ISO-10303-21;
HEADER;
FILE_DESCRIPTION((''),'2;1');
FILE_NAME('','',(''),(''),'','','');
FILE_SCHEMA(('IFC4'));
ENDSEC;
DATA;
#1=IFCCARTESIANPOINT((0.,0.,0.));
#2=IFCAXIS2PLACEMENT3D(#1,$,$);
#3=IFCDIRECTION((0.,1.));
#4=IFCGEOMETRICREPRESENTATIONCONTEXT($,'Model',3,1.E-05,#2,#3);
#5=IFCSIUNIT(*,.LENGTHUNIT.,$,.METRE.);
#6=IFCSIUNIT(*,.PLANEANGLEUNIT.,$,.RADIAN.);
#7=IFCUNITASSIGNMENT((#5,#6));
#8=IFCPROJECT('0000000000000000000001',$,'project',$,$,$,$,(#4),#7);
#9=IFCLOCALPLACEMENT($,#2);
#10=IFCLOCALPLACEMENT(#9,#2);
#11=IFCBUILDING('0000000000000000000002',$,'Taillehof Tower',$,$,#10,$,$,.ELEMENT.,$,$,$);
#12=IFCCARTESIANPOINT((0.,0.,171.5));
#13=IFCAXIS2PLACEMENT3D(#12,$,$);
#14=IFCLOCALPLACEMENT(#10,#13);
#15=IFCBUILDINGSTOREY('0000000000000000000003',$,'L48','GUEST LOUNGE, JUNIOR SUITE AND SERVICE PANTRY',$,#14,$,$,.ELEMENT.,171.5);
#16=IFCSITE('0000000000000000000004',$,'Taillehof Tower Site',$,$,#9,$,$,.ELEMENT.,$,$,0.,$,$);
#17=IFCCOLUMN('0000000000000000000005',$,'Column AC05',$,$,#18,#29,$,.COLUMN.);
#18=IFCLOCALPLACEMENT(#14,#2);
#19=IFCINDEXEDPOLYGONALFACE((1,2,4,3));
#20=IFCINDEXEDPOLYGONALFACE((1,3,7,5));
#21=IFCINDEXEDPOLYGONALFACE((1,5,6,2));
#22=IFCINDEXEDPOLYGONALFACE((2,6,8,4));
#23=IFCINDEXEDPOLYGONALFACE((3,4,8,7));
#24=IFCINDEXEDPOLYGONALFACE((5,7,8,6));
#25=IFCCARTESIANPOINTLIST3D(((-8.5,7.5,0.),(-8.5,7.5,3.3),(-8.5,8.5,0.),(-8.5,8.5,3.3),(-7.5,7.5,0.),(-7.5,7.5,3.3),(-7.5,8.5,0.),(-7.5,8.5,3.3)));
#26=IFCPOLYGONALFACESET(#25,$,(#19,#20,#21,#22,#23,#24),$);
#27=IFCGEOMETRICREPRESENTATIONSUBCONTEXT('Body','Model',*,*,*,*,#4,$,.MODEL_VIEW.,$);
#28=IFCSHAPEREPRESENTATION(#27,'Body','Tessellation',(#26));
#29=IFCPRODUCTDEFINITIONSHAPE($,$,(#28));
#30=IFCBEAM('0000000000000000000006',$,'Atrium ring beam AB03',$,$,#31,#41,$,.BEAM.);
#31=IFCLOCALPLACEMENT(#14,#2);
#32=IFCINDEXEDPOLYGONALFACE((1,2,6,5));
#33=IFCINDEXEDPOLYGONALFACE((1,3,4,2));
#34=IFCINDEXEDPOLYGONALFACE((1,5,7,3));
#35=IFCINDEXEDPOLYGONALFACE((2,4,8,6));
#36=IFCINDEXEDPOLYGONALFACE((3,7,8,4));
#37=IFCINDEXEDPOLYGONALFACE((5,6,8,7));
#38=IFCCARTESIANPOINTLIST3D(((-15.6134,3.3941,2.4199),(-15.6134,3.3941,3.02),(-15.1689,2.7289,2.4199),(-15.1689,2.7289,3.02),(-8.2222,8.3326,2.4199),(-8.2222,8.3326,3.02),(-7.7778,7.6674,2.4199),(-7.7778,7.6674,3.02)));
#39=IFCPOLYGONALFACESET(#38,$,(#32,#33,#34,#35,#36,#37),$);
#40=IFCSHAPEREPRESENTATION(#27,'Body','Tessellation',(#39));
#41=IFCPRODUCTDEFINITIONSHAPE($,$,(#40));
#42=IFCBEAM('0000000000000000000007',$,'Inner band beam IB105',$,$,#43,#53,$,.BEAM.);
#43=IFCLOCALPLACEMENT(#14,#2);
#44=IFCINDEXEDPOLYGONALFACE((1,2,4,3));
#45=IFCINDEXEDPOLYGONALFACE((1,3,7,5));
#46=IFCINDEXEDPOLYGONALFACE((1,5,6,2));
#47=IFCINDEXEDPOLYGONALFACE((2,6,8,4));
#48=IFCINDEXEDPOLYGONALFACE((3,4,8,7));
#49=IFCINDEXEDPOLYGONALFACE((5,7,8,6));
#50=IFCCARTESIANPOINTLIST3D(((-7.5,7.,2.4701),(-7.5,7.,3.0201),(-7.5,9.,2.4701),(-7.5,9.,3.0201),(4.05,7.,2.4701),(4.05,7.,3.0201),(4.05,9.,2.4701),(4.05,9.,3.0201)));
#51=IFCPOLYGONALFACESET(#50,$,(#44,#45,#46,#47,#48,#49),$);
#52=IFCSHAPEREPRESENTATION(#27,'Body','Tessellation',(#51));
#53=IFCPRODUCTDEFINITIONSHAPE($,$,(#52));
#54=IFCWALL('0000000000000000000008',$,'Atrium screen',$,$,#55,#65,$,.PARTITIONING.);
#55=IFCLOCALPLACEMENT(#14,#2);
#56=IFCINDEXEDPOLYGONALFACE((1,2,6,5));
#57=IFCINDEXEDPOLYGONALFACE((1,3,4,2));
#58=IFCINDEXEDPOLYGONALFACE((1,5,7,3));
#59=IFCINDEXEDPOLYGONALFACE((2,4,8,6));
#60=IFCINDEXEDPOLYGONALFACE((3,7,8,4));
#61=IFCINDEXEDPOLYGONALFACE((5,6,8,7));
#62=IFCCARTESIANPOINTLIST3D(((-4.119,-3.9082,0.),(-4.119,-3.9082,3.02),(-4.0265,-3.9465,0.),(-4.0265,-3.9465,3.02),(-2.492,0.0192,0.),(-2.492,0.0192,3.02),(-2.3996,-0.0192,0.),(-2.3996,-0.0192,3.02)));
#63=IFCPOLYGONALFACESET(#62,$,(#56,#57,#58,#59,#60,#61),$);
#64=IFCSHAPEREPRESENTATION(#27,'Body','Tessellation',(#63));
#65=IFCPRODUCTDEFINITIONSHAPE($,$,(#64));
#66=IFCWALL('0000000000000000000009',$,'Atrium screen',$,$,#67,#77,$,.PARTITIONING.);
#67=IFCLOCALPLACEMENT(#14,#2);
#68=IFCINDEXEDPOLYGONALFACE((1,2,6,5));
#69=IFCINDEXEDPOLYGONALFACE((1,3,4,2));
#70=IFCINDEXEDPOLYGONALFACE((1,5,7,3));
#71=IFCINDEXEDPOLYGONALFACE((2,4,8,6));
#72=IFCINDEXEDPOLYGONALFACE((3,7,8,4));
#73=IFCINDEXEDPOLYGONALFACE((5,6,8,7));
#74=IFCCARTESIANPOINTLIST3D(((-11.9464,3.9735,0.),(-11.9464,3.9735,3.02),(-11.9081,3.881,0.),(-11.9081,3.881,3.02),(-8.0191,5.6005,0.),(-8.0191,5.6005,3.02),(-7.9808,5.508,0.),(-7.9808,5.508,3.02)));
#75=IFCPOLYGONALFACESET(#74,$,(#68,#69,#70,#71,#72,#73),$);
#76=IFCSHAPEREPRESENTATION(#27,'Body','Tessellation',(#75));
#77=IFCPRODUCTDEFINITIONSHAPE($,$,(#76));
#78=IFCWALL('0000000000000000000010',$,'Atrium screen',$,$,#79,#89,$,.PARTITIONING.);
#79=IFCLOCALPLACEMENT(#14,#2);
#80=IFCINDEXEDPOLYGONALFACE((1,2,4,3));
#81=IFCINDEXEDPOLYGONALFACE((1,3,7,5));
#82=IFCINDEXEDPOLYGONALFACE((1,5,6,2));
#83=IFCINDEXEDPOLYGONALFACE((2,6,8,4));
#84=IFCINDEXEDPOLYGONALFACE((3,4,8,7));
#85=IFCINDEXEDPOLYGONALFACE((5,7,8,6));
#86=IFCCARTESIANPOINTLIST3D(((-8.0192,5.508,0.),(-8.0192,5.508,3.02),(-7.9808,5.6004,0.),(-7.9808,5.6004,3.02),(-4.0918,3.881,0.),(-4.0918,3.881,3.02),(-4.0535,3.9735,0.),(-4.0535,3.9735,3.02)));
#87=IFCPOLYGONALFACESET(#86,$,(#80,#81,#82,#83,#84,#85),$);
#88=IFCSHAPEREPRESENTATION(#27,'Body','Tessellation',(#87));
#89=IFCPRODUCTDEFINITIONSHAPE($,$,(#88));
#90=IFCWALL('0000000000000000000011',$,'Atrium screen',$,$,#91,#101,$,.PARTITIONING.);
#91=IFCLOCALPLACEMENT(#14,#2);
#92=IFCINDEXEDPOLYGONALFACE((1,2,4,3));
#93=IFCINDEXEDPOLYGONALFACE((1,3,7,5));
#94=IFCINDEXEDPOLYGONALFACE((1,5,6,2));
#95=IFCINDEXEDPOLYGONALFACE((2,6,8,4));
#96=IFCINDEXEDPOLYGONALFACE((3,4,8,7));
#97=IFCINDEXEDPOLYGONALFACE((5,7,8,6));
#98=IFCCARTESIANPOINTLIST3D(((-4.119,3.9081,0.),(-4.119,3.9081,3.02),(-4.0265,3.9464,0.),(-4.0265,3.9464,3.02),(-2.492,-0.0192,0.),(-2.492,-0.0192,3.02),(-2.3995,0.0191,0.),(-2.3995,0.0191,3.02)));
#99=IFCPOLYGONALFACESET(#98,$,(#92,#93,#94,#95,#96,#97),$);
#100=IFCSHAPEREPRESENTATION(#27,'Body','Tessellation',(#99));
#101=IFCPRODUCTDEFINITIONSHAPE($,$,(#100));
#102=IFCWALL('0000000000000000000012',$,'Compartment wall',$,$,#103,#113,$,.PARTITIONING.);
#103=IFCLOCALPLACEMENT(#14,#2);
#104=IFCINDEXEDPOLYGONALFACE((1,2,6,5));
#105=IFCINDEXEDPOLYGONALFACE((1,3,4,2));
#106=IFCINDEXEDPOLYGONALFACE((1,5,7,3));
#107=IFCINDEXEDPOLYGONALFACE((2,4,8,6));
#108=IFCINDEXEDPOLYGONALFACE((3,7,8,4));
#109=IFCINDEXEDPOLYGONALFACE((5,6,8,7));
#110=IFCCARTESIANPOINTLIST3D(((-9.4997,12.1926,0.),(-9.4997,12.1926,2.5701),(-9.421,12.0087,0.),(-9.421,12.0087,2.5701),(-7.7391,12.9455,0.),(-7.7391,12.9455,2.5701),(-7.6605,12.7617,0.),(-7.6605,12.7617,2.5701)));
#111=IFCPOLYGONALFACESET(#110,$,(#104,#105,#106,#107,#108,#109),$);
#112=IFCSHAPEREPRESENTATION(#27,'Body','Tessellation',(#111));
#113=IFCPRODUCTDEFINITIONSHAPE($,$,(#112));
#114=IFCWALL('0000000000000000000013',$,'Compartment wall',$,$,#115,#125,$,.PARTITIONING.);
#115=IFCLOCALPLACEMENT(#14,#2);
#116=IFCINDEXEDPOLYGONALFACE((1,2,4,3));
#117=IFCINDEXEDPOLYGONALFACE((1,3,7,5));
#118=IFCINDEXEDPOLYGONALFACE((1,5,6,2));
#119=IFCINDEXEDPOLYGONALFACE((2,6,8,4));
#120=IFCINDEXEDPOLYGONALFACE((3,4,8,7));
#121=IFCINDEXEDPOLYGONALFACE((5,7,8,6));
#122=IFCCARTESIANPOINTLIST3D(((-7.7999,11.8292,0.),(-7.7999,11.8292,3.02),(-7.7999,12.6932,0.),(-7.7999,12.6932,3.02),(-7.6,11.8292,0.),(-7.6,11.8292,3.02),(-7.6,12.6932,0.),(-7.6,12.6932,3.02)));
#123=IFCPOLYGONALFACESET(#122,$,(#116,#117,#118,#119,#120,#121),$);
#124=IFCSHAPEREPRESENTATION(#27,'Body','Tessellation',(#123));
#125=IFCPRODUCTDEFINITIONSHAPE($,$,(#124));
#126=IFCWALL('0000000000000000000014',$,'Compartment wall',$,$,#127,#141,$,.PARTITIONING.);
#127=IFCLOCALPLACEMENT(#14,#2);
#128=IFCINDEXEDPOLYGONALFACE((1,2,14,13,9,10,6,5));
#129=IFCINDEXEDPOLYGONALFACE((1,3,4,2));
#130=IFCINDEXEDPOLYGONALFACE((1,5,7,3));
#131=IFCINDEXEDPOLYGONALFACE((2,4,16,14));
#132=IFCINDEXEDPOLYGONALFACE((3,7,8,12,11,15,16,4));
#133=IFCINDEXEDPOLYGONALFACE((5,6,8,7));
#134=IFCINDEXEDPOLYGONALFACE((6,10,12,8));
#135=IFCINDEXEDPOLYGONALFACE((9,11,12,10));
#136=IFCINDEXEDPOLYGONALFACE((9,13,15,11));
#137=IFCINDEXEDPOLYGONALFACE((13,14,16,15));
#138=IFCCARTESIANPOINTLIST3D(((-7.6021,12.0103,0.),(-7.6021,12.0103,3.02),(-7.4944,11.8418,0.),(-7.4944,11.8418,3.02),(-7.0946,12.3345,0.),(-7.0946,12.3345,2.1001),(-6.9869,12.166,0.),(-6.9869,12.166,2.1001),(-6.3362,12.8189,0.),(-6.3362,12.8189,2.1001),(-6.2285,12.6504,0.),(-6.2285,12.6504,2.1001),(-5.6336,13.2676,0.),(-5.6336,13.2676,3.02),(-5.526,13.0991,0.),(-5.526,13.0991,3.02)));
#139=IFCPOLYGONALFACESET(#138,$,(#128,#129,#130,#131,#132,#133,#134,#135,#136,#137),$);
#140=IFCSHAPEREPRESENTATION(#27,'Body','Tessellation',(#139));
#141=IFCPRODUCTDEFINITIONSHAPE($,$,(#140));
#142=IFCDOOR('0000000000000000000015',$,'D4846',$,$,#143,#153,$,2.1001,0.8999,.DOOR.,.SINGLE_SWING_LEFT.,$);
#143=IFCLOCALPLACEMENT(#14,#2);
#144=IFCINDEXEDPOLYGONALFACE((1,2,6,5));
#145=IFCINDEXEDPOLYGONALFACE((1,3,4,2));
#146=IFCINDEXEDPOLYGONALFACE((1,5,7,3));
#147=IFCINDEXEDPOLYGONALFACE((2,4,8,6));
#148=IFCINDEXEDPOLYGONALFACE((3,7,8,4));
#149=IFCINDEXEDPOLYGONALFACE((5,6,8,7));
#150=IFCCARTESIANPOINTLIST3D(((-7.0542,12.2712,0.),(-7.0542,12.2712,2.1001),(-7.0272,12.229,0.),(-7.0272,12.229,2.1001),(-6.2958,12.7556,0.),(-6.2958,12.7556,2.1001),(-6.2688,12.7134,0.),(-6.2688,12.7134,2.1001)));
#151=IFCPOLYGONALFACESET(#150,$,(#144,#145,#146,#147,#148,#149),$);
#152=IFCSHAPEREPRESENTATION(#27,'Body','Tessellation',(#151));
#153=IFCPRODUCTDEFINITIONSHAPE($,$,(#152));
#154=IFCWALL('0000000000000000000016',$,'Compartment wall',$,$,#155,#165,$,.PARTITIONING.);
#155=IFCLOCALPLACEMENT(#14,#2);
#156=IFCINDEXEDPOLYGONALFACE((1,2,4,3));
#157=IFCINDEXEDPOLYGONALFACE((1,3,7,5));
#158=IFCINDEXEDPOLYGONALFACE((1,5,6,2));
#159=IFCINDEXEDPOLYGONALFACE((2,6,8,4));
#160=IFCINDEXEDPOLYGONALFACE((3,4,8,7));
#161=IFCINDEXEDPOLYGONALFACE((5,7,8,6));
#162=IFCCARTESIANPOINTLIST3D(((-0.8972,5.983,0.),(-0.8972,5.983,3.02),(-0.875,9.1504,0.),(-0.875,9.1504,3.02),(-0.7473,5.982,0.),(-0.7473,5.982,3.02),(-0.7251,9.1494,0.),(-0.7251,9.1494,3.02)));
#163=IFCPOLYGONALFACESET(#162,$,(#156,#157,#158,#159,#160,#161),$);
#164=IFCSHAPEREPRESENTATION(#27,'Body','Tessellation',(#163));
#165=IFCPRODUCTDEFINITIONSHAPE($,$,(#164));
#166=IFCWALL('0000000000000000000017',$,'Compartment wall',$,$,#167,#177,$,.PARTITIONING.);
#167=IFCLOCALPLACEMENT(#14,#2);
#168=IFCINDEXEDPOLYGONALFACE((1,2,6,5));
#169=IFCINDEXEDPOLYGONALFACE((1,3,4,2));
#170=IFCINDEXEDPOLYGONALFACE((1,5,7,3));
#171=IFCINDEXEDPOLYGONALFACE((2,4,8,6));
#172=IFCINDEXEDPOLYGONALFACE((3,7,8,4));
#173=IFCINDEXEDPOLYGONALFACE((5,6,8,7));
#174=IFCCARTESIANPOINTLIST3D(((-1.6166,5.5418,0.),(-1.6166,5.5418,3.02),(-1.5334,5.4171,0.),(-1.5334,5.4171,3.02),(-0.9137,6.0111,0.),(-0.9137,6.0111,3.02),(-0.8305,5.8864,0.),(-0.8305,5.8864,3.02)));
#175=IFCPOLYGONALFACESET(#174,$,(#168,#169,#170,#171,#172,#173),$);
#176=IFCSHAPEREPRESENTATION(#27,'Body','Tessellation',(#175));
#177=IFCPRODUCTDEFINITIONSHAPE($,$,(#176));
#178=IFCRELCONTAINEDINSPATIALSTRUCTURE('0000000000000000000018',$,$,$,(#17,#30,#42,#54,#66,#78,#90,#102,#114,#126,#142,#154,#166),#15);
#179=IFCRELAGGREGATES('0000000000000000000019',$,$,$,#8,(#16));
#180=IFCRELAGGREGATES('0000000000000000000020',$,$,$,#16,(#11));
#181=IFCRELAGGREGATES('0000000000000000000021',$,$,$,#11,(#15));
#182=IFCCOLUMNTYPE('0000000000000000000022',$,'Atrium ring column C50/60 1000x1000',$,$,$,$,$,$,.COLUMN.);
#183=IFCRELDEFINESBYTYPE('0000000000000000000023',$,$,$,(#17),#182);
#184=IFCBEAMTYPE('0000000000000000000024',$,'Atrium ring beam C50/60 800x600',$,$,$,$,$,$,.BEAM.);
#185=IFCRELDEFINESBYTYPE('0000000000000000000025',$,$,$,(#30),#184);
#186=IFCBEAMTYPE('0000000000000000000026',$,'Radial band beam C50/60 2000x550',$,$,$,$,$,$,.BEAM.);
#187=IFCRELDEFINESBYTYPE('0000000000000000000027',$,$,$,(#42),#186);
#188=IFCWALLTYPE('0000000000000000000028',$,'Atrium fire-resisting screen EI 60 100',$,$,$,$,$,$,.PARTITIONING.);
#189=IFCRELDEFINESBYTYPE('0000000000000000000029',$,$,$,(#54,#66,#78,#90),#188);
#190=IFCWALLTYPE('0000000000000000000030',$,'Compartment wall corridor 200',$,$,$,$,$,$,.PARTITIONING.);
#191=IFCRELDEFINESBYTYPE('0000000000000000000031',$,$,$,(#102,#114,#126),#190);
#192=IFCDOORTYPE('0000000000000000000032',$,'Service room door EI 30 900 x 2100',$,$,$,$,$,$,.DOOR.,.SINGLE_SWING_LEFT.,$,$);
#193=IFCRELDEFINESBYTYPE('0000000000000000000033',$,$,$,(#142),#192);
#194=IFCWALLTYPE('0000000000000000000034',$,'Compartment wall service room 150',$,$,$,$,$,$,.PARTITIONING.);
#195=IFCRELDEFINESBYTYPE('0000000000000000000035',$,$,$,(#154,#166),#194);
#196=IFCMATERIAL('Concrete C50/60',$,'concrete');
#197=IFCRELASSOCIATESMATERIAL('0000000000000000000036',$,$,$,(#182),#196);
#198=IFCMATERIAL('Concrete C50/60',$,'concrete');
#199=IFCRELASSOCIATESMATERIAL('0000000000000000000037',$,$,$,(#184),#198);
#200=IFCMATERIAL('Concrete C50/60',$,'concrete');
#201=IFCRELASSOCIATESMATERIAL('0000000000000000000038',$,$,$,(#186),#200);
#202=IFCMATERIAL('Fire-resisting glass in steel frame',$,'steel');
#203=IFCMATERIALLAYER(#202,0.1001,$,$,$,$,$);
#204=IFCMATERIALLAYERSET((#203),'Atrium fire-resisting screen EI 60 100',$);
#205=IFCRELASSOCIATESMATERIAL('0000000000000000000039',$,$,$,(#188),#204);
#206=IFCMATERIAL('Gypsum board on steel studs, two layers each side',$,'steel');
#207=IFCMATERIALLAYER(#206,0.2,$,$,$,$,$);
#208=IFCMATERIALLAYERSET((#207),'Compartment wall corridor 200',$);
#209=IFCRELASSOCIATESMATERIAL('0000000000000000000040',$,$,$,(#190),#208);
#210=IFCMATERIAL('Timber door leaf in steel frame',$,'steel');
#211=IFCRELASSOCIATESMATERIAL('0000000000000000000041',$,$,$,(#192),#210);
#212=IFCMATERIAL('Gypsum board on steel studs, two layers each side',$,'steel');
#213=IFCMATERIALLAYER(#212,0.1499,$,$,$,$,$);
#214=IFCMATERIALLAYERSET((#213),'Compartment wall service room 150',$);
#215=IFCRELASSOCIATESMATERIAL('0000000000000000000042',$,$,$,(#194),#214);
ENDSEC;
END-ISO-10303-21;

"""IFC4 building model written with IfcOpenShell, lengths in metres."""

from ifc_helpers import new_model, si_unit, direction, frame, frame_2d, origin, origin_2d, place, context, subcontext, project, spatial, rectangle, extrude, material, layer, layer_set, material_profile, profile_set, type_object, element, fill, save


model = new_model("IFC4")

# Units and contexts
model_context = context("Model", 3, precision=1e-05, world=origin(), true_north=direction((0.0, 1.0)))
body_context = subcontext(model_context, "Body", "Model", "MODEL_VIEW")
ifc_project = project(units=[si_unit("LENGTHUNIT", "METRE"), si_unit("PLANEANGLEUNIT", "RADIAN")], contexts=[model_context])

# Site, building, storey
site_placement = place(None, origin())
site = spatial("IfcSite", under=ifc_project, at=site_placement, Name="Taillehof Tower Site", CompositionType="ELEMENT", RefElevation=0.0)
building_placement = place(site_placement, origin())
building = spatial("IfcBuilding", under=site, at=building_placement, Name="Taillehof Tower", CompositionType="ELEMENT")
storey_placement = place(building_placement, frame((0.0, 0.0, 171.5)))
storey = spatial("IfcBuildingStorey", under=building, at=storey_placement, Name="L48", Description="GUEST LOUNGE, JUNIOR SUITE AND SERVICE PANTRY", CompositionType="ELEMENT", Elevation=171.5)

# Column
ifc_material_1 = material(Name="Concrete C50/60", Category="concrete")
ifc_material_profile_1 = material_profile(ifc_material_1, rectangle(XDim=1.0, YDim=1.0, at=origin_2d()), Name="RC 1000x1000")
ifc_profile_set_1 = profile_set([ifc_material_profile_1], Name="Concrete C50/60")
column_type = type_object("IfcColumnType", Name="Atrium ring column C50/60 1000x1000", PredefinedType="COLUMN", material=ifc_profile_set_1)
column_placement = place(storey_placement, frame((-8.0, 8.0, 0.0), z_axis=(0.0, 0.0, 1.0), x_axis=(1.0, 0.0, 0.0)))
element("IfcColumn", 1, at=column_placement, inside=storey, type_object=column_type, Name="Column AC05", PredefinedType="COLUMN", context=body_context, shape_type="SweptSolid", body=[
    extrude(rectangle(XDim=1.0, YDim=1.0, at=origin_2d()), origin(), (0.0, 0.0, 1.0), 3.3),
])

# Beams
ifc_material_2 = material(Name="Concrete C50/60", Category="concrete")
ifc_material_profile_2 = material_profile(ifc_material_2, rectangle(XDim=0.8, YDim=0.6001, at=origin_2d()), Name="RC 800x600")
ifc_profile_set_2 = profile_set([ifc_material_profile_2], Name="Concrete C50/60")
beam_type_1 = type_object("IfcBeamType", Name="Atrium ring beam C50/60 800x600", PredefinedType="BEAM", material=ifc_profile_set_2)
beam_1_placement = place(storey_placement, frame((-8.0, 8.0, 2.72), z_axis=(-0.831475, -0.555562, 0.0), x_axis=(0.555562, -0.831475, 0.0)))
element("IfcBeam", 2, at=beam_1_placement, inside=storey, type_object=beam_type_1, Name="Atrium ring beam AB03", PredefinedType="BEAM", context=body_context, shape_type="SweptSolid", body=[
    extrude(rectangle(XDim=0.8, YDim=0.6001, at=origin_2d()), origin(), (0.0, 0.0, 1.0), 8.8892),
])
ifc_material_3 = material(Name="Concrete C50/60", Category="concrete")
ifc_material_profile_3 = material_profile(ifc_material_3, rectangle(XDim=2.0, YDim=0.55, at=origin_2d()), Name="RC 2000x550")
ifc_profile_set_3 = profile_set([ifc_material_profile_3], Name="Concrete C50/60")
beam_type_2 = type_object("IfcBeamType", Name="Radial band beam C50/60 2000x550", PredefinedType="BEAM", material=ifc_profile_set_3)
beam_2_placement = place(storey_placement, frame((-7.5, 8.0, 2.7451), z_axis=(1.0, 0.0, 0.0), x_axis=(0.0, 1.0, 0.0)))
element("IfcBeam", 3, at=beam_2_placement, inside=storey, type_object=beam_type_2, Name="Inner band beam IB105", PredefinedType="BEAM", context=body_context, shape_type="SweptSolid", body=[
    extrude(rectangle(XDim=2.0, YDim=0.55, at=origin_2d()), origin(), (0.0, 0.0, 1.0), 11.55),
])

# Walls
ifc_material_4 = material(Name="Fire-resisting glass in steel frame", Category="steel")
ifc_layer_1 = layer(ifc_material_4, 0.1001)
ifc_layer_set_1 = layer_set([ifc_layer_1], Name="Atrium fire-resisting screen EI 60 100")
wall_type_1 = type_object("IfcWallType", Name="Atrium fire-resisting screen EI 60 100", PredefinedType="PARTITIONING", material=ifc_layer_set_1)
for number, where, z_axis, x_axis, name in (
    (4, (-2.4458, 0.0, 0.0), (0.0, 0.0, 1.0), (-0.382731, -0.92386, 0.0), "Atrium screen"),
    (5, (-11.9272, 3.9272, 0.0), (0.0, 0.0, 1.0), (0.92386, 0.382731, 0.0), "Atrium screen"),
    (6, (-8.0, 5.5542, 0.0), (0.0, 0.0, 1.0), (0.92386, -0.382731, 0.0), "Atrium screen"),
    (7, (-4.0728, 3.9272, 0.0), (0.0, 0.0, 1.0), (0.382731, -0.92386, 0.0), "Atrium screen"),
):
    element("IfcWall", number, at=place(storey_placement, frame(where, z_axis=z_axis, x_axis=x_axis)), inside=storey, type_object=wall_type_1, Name=name, PredefinedType="PARTITIONING", context=body_context, shape_type="SweptSolid", body=[
        extrude(rectangle(XDim=4.251, YDim=0.1001, at=frame_2d((2.1255, 0.0))), origin(), (0.0, 0.0, 1.0), 3.02),
    ])
ifc_material_5 = material(Name="Gypsum board on steel studs, two layers each side", Category="steel")
ifc_layer_2 = layer(ifc_material_5, 0.2)
ifc_layer_set_2 = layer_set([ifc_layer_2], Name="Compartment wall corridor 200")
wall_type_2 = type_object("IfcWallType", Name="Compartment wall corridor 200", PredefinedType="PARTITIONING", material=ifc_layer_set_2)
wall_1_placement = place(storey_placement, frame((-9.4604, 12.1006, 0.0), z_axis=(0.0, 0.0, 1.0), x_axis=(0.919442, 0.393227, 0.0)))
element("IfcWall", 8, at=wall_1_placement, inside=storey, type_object=wall_type_2, Name="Compartment wall", PredefinedType="PARTITIONING", context=body_context, shape_type="SweptSolid", body=[
    extrude(rectangle(XDim=1.9148, YDim=0.2, at=frame_2d((0.9575, 0.0))), origin(), (0.0, 0.0, 1.0), 2.5701),
])
wall_2_placement = place(storey_placement, frame((-7.7, 12.6934, 0.0), z_axis=(0.0, 0.0, 1.0), x_axis=(0.0, -1.0, 0.0)))
element("IfcWall", 9, at=wall_2_placement, inside=storey, type_object=wall_type_2, Name="Compartment wall", PredefinedType="PARTITIONING", context=body_context, shape_type="SweptSolid", body=[
    extrude(rectangle(XDim=0.864, YDim=0.2, at=frame_2d((0.4321, 0.0))), origin(), (0.0, 0.0, 1.0), 3.02),
])

# Wall, opening, door
wall_3_placement = place(storey_placement, frame((-7.5483, 11.926, 0.0), z_axis=(0.0, 0.0, 1.0), x_axis=(0.842761, 0.538288, 0.0)))
wall_3 = element("IfcWall", 10, at=wall_3_placement, inside=storey, type_object=wall_type_2, Name="Compartment wall", PredefinedType="PARTITIONING", context=body_context, shape_type="SweptSolid", body=[
    extrude(rectangle(XDim=2.3357, YDim=0.2, at=frame_2d((1.168, 0.0))), origin(), (0.0, 0.0, 1.0), 3.02),
])
opening_1_placement = place(wall_3_placement, frame((0.6023, 0.0, 0.0)))
opening_1 = element("IfcOpeningElement", 11, at=opening_1_placement, cuts=wall_3, PredefinedType="OPENING", context=body_context, shape_type="SweptSolid", body=[
    extrude(rectangle(XDim=0.8999, YDim=2.1001, at=frame_2d((0.45, 1.05))), frame((0.0, 0.1099, 0.0), z_axis=(0.0, -1.0, 0.0), x_axis=(1.0, 0.0, 0.0)), (0.0, 0.0, 1.0), 0.22),
])
ifc_material_6 = material(Name="Timber door leaf in steel frame", Category="steel")
door_type_1 = type_object("IfcDoorType", Name="Service room door EI 30 900 x 2100", OperationType="SINGLE_SWING_LEFT", PredefinedType="DOOR", material=ifc_material_6)
door_1_placement = place(opening_1_placement, origin())
door_1 = element("IfcDoor", 12, at=door_1_placement, inside=storey, type_object=door_type_1, Name="D4846", OperationType="SINGLE_SWING_LEFT", OverallHeight=2.1001, OverallWidth=0.8999, PredefinedType="DOOR", context=body_context, shape_type="SweptSolid", body=[
    extrude(rectangle(XDim=0.8999, YDim=2.1001, at=frame_2d((0.45, 1.05))), frame((0.0, 0.0249, 0.0), z_axis=(0.0, -1.0, 0.0), x_axis=(1.0, 0.0, 0.0)), (0.0, 0.0, 1.0), 0.05),
])
fill(opening_1, door_1)

# Walls
ifc_material_7 = material(Name="Gypsum board on steel studs, two layers each side", Category="steel")
ifc_layer_3 = layer(ifc_material_7, 0.1499)
ifc_layer_set_3 = layer_set([ifc_layer_3], Name="Compartment wall service room 150")
wall_type_3 = type_object("IfcWallType", Name="Compartment wall service room 150", PredefinedType="PARTITIONING", material=ifc_layer_set_3)
wall_4_placement = place(storey_placement, frame((-0.8, 9.1499, 0.0), z_axis=(0.0, 0.0, 1.0), x_axis=(-0.007014, -0.999975, 0.0)))
element("IfcWall", 13, at=wall_4_placement, inside=storey, type_object=wall_type_3, Name="Compartment wall", PredefinedType="PARTITIONING", context=body_context, shape_type="SweptSolid", body=[
    extrude(rectangle(XDim=3.1675, YDim=0.1499, at=frame_2d((1.5837, 0.0))), origin(), (0.0, 0.0, 1.0), 3.02),
])
wall_5_placement = place(storey_placement, frame((-0.8721, 5.9487, 0.0), z_axis=(0.0, 0.0, 1.0), x_axis=(-0.831695, -0.555233, 0.0)))
element("IfcWall", 14, at=wall_5_placement, inside=storey, type_object=wall_type_3, Name="Compartment wall", PredefinedType="PARTITIONING", context=body_context, shape_type="SweptSolid", body=[
    extrude(rectangle(XDim=0.8452, YDim=0.1499, at=frame_2d((0.4226, 0.0))), origin(), (0.0, 0.0, 1.0), 3.02),
])

save(model, "model.ifc")
